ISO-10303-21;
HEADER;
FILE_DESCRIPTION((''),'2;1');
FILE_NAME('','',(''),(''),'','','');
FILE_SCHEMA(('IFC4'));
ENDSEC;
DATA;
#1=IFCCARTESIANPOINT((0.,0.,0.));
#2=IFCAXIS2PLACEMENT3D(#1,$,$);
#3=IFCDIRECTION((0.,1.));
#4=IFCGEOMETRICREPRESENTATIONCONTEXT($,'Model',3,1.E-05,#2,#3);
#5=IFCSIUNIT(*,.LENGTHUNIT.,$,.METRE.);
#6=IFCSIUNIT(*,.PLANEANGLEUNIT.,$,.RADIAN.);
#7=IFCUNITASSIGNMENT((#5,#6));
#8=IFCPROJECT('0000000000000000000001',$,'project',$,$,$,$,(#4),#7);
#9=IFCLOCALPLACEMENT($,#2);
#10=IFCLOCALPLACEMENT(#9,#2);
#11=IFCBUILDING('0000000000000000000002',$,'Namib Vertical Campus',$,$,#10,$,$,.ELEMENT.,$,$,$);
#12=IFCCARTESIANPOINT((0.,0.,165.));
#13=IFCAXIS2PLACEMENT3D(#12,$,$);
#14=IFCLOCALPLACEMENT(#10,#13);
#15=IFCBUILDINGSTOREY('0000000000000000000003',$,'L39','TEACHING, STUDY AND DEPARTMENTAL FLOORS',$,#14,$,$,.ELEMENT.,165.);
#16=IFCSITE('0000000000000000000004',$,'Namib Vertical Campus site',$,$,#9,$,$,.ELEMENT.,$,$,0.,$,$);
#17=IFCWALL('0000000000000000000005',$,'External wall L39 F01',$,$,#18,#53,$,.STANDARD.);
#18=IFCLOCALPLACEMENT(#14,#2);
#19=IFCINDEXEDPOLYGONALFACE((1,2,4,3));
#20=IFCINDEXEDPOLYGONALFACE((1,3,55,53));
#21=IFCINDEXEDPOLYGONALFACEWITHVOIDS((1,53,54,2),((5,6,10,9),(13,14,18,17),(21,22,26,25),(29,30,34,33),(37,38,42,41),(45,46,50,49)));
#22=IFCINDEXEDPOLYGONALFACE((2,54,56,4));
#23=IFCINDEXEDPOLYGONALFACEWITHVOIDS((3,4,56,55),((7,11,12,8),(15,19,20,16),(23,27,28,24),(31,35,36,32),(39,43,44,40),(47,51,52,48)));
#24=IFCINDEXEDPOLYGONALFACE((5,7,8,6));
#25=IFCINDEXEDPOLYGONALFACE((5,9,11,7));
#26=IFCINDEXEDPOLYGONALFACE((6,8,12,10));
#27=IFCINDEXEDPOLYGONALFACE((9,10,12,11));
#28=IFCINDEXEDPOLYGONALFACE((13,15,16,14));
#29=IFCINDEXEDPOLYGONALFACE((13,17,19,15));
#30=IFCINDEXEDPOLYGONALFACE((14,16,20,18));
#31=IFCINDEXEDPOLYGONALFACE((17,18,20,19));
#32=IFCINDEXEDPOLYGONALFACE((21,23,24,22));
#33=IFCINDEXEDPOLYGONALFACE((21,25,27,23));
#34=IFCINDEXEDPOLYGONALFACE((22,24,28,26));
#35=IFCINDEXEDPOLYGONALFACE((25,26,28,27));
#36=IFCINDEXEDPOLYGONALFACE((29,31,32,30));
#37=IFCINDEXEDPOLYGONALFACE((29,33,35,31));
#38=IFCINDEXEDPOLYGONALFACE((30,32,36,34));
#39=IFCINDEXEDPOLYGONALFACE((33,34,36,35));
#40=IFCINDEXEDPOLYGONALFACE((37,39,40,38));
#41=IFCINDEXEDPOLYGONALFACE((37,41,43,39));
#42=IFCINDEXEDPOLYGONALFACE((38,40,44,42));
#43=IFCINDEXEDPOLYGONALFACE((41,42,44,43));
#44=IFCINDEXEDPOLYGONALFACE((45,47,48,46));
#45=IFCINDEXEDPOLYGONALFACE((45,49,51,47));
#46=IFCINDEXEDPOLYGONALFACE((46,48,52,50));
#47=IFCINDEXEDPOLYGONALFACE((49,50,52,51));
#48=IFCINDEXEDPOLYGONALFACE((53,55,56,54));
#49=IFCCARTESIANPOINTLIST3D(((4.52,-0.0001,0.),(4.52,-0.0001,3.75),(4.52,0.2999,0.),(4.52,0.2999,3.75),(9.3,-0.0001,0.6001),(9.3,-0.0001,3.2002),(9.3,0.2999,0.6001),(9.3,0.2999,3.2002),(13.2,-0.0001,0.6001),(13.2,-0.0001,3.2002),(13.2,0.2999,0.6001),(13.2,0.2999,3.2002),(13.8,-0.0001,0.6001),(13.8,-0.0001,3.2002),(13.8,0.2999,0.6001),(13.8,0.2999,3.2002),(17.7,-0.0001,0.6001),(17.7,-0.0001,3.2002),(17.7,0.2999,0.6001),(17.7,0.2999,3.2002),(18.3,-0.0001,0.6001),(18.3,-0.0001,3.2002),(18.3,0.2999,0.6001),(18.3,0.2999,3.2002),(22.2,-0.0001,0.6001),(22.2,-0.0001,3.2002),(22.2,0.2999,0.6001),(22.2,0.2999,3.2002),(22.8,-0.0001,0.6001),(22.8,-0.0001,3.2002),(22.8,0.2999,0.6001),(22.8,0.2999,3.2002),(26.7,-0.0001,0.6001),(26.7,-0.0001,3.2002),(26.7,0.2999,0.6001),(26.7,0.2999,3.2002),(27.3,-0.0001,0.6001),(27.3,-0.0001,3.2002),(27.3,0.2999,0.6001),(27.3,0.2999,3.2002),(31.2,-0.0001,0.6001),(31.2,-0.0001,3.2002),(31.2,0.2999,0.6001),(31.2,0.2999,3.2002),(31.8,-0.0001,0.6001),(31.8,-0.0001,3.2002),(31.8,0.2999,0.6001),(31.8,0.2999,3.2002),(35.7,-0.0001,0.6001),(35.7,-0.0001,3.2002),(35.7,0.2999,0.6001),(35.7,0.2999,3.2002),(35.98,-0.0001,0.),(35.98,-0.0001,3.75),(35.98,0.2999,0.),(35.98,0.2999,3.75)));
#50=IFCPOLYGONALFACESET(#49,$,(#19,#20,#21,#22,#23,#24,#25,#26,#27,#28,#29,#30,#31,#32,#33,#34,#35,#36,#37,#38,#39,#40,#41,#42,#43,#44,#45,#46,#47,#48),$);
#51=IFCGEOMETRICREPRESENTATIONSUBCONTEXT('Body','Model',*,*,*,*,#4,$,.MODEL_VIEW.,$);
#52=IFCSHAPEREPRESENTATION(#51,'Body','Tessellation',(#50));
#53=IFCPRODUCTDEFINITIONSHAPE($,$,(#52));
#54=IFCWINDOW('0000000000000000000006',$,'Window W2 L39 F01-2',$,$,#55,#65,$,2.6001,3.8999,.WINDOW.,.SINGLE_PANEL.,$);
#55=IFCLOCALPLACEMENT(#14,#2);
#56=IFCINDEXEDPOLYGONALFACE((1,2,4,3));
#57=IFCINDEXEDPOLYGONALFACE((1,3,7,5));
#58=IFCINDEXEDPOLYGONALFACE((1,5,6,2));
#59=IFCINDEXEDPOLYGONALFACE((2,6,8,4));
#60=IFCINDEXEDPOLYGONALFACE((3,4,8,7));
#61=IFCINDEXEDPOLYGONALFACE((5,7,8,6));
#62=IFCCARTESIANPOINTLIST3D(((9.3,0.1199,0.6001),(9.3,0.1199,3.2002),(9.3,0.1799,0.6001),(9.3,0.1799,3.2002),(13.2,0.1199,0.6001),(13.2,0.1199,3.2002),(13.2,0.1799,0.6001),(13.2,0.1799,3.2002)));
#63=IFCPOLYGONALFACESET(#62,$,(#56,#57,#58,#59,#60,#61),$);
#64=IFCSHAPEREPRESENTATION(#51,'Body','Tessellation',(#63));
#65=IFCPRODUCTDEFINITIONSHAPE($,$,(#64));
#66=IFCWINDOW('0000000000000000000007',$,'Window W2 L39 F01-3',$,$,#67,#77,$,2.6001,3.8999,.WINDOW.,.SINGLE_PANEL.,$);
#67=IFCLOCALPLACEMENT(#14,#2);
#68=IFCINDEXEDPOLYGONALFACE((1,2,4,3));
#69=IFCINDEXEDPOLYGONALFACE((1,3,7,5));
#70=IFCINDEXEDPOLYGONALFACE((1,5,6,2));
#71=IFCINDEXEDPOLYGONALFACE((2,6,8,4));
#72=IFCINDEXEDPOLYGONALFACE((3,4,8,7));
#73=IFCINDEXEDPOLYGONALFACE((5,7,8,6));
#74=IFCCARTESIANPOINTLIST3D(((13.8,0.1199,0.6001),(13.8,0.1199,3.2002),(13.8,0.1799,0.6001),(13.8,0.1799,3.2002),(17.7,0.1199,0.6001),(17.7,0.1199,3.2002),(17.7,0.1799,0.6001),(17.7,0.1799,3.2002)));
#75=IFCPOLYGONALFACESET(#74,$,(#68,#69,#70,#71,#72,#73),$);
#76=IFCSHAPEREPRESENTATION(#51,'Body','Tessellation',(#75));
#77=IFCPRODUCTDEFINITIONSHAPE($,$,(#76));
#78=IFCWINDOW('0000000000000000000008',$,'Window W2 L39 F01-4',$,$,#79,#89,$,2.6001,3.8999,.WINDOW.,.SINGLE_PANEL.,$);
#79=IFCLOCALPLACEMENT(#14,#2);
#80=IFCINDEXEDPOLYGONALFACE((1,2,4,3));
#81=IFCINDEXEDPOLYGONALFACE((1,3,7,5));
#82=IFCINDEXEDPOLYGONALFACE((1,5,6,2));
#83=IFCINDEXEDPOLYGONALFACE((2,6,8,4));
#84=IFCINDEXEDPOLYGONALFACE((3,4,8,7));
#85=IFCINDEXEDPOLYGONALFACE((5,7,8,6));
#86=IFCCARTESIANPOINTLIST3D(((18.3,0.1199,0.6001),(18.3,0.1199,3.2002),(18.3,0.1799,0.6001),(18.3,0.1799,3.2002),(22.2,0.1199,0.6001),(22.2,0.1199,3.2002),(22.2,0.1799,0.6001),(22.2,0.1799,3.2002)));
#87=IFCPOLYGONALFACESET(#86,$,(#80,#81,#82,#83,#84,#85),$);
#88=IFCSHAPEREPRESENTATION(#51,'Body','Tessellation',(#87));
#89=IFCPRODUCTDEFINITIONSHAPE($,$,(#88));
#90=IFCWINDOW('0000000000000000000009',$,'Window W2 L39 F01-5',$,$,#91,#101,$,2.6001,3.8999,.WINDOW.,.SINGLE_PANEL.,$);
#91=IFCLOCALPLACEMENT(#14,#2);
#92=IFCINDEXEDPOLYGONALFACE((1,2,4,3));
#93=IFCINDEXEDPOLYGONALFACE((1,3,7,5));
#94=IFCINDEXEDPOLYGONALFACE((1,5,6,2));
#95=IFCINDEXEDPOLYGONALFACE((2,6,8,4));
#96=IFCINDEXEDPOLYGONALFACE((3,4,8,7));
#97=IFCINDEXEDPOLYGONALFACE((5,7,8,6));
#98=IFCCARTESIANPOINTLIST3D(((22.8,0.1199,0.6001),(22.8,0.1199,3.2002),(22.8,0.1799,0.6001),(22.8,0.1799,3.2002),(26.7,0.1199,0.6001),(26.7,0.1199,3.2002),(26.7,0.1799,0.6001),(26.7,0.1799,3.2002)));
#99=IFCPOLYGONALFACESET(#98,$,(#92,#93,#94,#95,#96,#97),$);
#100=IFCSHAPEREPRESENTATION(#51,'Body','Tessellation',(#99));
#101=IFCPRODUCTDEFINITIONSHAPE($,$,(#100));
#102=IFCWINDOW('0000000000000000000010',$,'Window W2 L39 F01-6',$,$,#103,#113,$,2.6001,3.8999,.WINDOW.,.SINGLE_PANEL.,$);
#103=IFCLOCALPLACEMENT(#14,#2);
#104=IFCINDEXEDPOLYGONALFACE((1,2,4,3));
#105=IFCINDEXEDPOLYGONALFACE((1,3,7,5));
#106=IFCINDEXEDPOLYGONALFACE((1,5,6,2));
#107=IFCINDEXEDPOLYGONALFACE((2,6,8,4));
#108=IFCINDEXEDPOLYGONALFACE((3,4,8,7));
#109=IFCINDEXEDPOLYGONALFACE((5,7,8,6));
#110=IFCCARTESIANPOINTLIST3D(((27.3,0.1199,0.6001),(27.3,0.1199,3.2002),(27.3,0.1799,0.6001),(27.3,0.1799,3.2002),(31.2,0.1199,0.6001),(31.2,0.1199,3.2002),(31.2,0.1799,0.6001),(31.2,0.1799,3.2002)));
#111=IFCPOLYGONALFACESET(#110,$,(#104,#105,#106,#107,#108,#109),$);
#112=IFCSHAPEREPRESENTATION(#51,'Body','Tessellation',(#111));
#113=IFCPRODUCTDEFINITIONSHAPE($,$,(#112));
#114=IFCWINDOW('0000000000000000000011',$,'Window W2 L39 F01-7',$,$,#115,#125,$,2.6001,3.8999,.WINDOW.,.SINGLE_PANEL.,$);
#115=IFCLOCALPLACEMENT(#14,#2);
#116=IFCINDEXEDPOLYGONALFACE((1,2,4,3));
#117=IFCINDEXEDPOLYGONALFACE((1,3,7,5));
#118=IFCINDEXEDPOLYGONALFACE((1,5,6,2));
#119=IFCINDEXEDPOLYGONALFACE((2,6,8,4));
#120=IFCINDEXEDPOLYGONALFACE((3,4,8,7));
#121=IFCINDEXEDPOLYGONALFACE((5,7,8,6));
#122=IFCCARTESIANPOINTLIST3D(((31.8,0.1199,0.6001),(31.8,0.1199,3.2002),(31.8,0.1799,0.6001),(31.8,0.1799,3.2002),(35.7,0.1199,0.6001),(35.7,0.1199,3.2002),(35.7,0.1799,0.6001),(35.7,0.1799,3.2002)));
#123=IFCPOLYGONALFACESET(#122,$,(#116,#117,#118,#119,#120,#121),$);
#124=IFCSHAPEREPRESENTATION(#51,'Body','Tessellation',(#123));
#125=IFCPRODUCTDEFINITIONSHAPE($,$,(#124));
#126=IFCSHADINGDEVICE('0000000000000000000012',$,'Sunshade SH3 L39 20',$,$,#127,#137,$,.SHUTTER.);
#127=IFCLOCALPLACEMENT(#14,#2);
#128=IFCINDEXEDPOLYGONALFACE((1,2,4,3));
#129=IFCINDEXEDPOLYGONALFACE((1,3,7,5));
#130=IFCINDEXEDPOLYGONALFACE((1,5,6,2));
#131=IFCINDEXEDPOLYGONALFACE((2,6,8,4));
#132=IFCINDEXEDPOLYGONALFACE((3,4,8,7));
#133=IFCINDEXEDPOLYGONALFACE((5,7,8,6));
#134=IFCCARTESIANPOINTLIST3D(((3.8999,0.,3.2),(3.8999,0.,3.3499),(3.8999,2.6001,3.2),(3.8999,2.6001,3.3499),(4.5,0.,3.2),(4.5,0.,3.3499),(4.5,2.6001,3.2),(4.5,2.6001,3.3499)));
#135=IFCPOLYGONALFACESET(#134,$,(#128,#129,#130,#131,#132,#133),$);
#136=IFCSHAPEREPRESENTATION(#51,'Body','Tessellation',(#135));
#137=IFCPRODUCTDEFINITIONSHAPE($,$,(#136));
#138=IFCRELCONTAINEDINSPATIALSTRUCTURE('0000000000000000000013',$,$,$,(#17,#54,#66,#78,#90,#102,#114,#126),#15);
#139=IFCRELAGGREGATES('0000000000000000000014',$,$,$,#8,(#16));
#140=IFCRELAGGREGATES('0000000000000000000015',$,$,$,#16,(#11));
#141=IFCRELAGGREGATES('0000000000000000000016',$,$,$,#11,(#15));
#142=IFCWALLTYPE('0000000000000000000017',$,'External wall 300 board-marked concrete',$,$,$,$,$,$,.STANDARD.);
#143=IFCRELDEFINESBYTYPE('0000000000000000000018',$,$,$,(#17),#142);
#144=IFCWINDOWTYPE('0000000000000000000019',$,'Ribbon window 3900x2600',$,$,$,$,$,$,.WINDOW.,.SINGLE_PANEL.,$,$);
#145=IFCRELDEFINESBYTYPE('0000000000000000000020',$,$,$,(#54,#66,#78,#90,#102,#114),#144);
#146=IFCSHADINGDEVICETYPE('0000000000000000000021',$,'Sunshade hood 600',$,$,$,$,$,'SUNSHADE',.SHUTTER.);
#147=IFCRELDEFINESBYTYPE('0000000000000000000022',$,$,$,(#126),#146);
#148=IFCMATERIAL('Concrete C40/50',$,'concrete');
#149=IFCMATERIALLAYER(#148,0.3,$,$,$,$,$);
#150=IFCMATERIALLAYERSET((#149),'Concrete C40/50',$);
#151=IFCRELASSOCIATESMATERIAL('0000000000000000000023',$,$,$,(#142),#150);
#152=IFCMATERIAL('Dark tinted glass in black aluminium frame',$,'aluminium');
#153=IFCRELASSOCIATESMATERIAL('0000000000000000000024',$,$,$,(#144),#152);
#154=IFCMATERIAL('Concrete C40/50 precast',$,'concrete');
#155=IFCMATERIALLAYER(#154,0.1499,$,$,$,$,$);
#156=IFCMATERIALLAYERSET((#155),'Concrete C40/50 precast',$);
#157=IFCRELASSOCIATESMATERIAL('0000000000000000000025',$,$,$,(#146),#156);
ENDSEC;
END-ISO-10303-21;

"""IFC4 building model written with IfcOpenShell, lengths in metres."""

from ifc_helpers import new_model, si_unit, direction, frame, frame_2d, origin, origin_2d, place, context, subcontext, project, spatial, rectangle, extrude, material, layer, layer_set, type_object, element, fill, save


model = new_model("IFC4")

# Units and contexts
model_context = context("Model", 3, precision=1e-05, world=origin(), true_north=direction((0.0, 1.0)))
body_context = subcontext(model_context, "Body", "Model", "MODEL_VIEW")
ifc_project = project(units=[si_unit("LENGTHUNIT", "METRE"), si_unit("PLANEANGLEUNIT", "RADIAN")], contexts=[model_context])

# Site, building, storey
site_placement = place(None, origin())
site = spatial("IfcSite", under=ifc_project, at=site_placement, Name="Namib Vertical Campus site", CompositionType="ELEMENT", RefElevation=0.0)
building_placement = place(site_placement, origin())
building = spatial("IfcBuilding", under=site, at=building_placement, Name="Namib Vertical Campus", CompositionType="ELEMENT")
storey_placement = place(building_placement, frame((0.0, 0.0, 165.0)))
storey = spatial("IfcBuildingStorey", under=building, at=storey_placement, Name="L39", Description="TEACHING, STUDY AND DEPARTMENTAL FLOORS", CompositionType="ELEMENT", Elevation=165.0)

# Wall, openings, windows
ifc_material_1 = material(Name="Concrete C40/50", Category="concrete")
ifc_layer_1 = layer(ifc_material_1, 0.3)
ifc_layer_set_1 = layer_set([ifc_layer_1], Name="Concrete C40/50")
wall_type = type_object("IfcWallType", Name="External wall 300 board-marked concrete", PredefinedType="STANDARD", material=ifc_layer_set_1)
wall_placement = place(storey_placement, frame((4.52, 0.1499, 0.0), z_axis=(0.0, 0.0, 1.0), x_axis=(1.0, 0.0, 0.0)))
wall = element("IfcWall", 1, at=wall_placement, inside=storey, type_object=wall_type, Name="External wall L39 F01", PredefinedType="STANDARD", context=body_context, shape_type="SweptSolid", body=[
    extrude(rectangle(XDim=31.46, YDim=0.3, at=frame_2d((15.73, 0.0))), origin(), (0.0, 0.0, 1.0), 3.75),
])
opening_1_placement = place(wall_placement, frame((4.78, 0.0, 0.6001)))
opening_1 = element("IfcOpeningElement", 2, at=opening_1_placement, cuts=wall, PredefinedType="OPENING", context=body_context, shape_type="SweptSolid", body=[
    extrude(rectangle(XDim=3.8999, YDim=2.6001, at=frame_2d((1.95, 1.3))), frame((0.0, 0.1599, 0.0), z_axis=(0.0, -1.0, 0.0), x_axis=(1.0, 0.0, 0.0)), (0.0, 0.0, 1.0), 0.3201),
])
opening_2_placement = place(wall_placement, frame((9.28, 0.0, 0.6001)))
opening_2 = element("IfcOpeningElement", 3, at=opening_2_placement, cuts=wall, PredefinedType="OPENING", context=body_context, shape_type="SweptSolid", body=[
    extrude(rectangle(XDim=3.8999, YDim=2.6001, at=frame_2d((1.95, 1.3))), frame((0.0, 0.1599, 0.0), z_axis=(0.0, -1.0, 0.0), x_axis=(1.0, 0.0, 0.0)), (0.0, 0.0, 1.0), 0.3201),
])
opening_3_placement = place(wall_placement, frame((13.78, 0.0, 0.6001)))
opening_3 = element("IfcOpeningElement", 4, at=opening_3_placement, cuts=wall, PredefinedType="OPENING", context=body_context, shape_type="SweptSolid", body=[
    extrude(rectangle(XDim=3.8999, YDim=2.6001, at=frame_2d((1.95, 1.3))), frame((0.0, 0.1599, 0.0), z_axis=(0.0, -1.0, 0.0), x_axis=(1.0, 0.0, 0.0)), (0.0, 0.0, 1.0), 0.3201),
])
opening_4_placement = place(wall_placement, frame((18.28, 0.0, 0.6001)))
opening_4 = element("IfcOpeningElement", 5, at=opening_4_placement, cuts=wall, PredefinedType="OPENING", context=body_context, shape_type="SweptSolid", body=[
    extrude(rectangle(XDim=3.8999, YDim=2.6001, at=frame_2d((1.95, 1.3))), frame((0.0, 0.1599, 0.0), z_axis=(0.0, -1.0, 0.0), x_axis=(1.0, 0.0, 0.0)), (0.0, 0.0, 1.0), 0.3201),
])
opening_5_placement = place(wall_placement, frame((22.78, 0.0, 0.6001)))
opening_5 = element("IfcOpeningElement", 6, at=opening_5_placement, cuts=wall, PredefinedType="OPENING", context=body_context, shape_type="SweptSolid", body=[
    extrude(rectangle(XDim=3.8999, YDim=2.6001, at=frame_2d((1.95, 1.3))), frame((0.0, 0.1599, 0.0), z_axis=(0.0, -1.0, 0.0), x_axis=(1.0, 0.0, 0.0)), (0.0, 0.0, 1.0), 0.3201),
])
opening_6_placement = place(wall_placement, frame((27.28, 0.0, 0.6001)))
opening_6 = element("IfcOpeningElement", 7, at=opening_6_placement, cuts=wall, PredefinedType="OPENING", context=body_context, shape_type="SweptSolid", body=[
    extrude(rectangle(XDim=3.8999, YDim=2.6001, at=frame_2d((1.95, 1.3))), frame((0.0, 0.1599, 0.0), z_axis=(0.0, -1.0, 0.0), x_axis=(1.0, 0.0, 0.0)), (0.0, 0.0, 1.0), 0.3201),
])
ifc_material_2 = material(Name="Dark tinted glass in black aluminium frame", Category="aluminium")
window_type = type_object("IfcWindowType", Name="Ribbon window 3900x2600", PartitioningType="SINGLE_PANEL", PredefinedType="WINDOW", material=ifc_material_2)
window_1_placement = place(opening_1_placement, origin())
window_1 = element("IfcWindow", 8, at=window_1_placement, inside=storey, type_object=window_type, Name="Window W2 L39 F01-2", OverallHeight=2.6001, OverallWidth=3.8999, PartitioningType="SINGLE_PANEL", PredefinedType="WINDOW", context=body_context, shape_type="SweptSolid", body=[
    extrude(rectangle(XDim=3.8999, YDim=2.6001, at=frame_2d((1.95, 1.3))), frame((0.0, 0.03, 0.0), z_axis=(0.0, -1.0, 0.0), x_axis=(1.0, 0.0, 0.0)), (0.0, 0.0, 1.0), 0.0601),
])
fill(opening_1, window_1)
window_2_placement = place(opening_2_placement, origin())
window_2 = element("IfcWindow", 9, at=window_2_placement, inside=storey, type_object=window_type, Name="Window W2 L39 F01-3", OverallHeight=2.6001, OverallWidth=3.8999, PartitioningType="SINGLE_PANEL", PredefinedType="WINDOW", context=body_context, shape_type="SweptSolid", body=[
    extrude(rectangle(XDim=3.8999, YDim=2.6001, at=frame_2d((1.95, 1.3))), frame((0.0, 0.03, 0.0), z_axis=(0.0, -1.0, 0.0), x_axis=(1.0, 0.0, 0.0)), (0.0, 0.0, 1.0), 0.0601),
])
fill(opening_2, window_2)
window_3_placement = place(opening_3_placement, origin())
window_3 = element("IfcWindow", 10, at=window_3_placement, inside=storey, type_object=window_type, Name="Window W2 L39 F01-4", OverallHeight=2.6001, OverallWidth=3.8999, PartitioningType="SINGLE_PANEL", PredefinedType="WINDOW", context=body_context, shape_type="SweptSolid", body=[
    extrude(rectangle(XDim=3.8999, YDim=2.6001, at=frame_2d((1.95, 1.3))), frame((0.0, 0.03, 0.0), z_axis=(0.0, -1.0, 0.0), x_axis=(1.0, 0.0, 0.0)), (0.0, 0.0, 1.0), 0.0601),
])
fill(opening_3, window_3)
window_4_placement = place(opening_4_placement, origin())
window_4 = element("IfcWindow", 11, at=window_4_placement, inside=storey, type_object=window_type, Name="Window W2 L39 F01-5", OverallHeight=2.6001, OverallWidth=3.8999, PartitioningType="SINGLE_PANEL", PredefinedType="WINDOW", context=body_context, shape_type="SweptSolid", body=[
    extrude(rectangle(XDim=3.8999, YDim=2.6001, at=frame_2d((1.95, 1.3))), frame((0.0, 0.03, 0.0), z_axis=(0.0, -1.0, 0.0), x_axis=(1.0, 0.0, 0.0)), (0.0, 0.0, 1.0), 0.0601),
])
fill(opening_4, window_4)
window_5_placement = place(opening_5_placement, origin())
window_5 = element("IfcWindow", 12, at=window_5_placement, inside=storey, type_object=window_type, Name="Window W2 L39 F01-6", OverallHeight=2.6001, OverallWidth=3.8999, PartitioningType="SINGLE_PANEL", PredefinedType="WINDOW", context=body_context, shape_type="SweptSolid", body=[
    extrude(rectangle(XDim=3.8999, YDim=2.6001, at=frame_2d((1.95, 1.3))), frame((0.0, 0.03, 0.0), z_axis=(0.0, -1.0, 0.0), x_axis=(1.0, 0.0, 0.0)), (0.0, 0.0, 1.0), 0.0601),
])
fill(opening_5, window_5)
window_6_placement = place(opening_6_placement, origin())
window_6 = element("IfcWindow", 13, at=window_6_placement, inside=storey, type_object=window_type, Name="Window W2 L39 F01-7", OverallHeight=2.6001, OverallWidth=3.8999, PartitioningType="SINGLE_PANEL", PredefinedType="WINDOW", context=body_context, shape_type="SweptSolid", body=[
    extrude(rectangle(XDim=3.8999, YDim=2.6001, at=frame_2d((1.95, 1.3))), frame((0.0, 0.03, 0.0), z_axis=(0.0, -1.0, 0.0), x_axis=(1.0, 0.0, 0.0)), (0.0, 0.0, 1.0), 0.0601),
])
fill(opening_6, window_6)

# Shading device
ifc_material_3 = material(Name="Concrete C40/50 precast", Category="concrete")
ifc_layer_2 = layer(ifc_material_3, 0.1499)
ifc_layer_set_2 = layer_set([ifc_layer_2], Name="Concrete C40/50 precast")
shading_device_type = type_object("IfcShadingDeviceType", Name="Sunshade hood 600", ElementType="SUNSHADE", PredefinedType="SHUTTER", material=ifc_layer_set_2)
shading_device_placement = place(storey_placement, frame((4.2, 1.3, 3.2), z_axis=(0.0, 0.0, 1.0), x_axis=(0.0, -1.0, 0.0)))
element("IfcShadingDevice", 14, at=shading_device_placement, inside=storey, type_object=shading_device_type, Name="Sunshade SH3 L39 20", PredefinedType="SHUTTER", context=body_context, shape_type="SweptSolid", body=[
    extrude(rectangle(XDim=2.6001, YDim=0.6001, at=origin_2d()), origin(), (0.0, 0.0, 1.0), 0.1499),
])

save(model, "model.ifc")
